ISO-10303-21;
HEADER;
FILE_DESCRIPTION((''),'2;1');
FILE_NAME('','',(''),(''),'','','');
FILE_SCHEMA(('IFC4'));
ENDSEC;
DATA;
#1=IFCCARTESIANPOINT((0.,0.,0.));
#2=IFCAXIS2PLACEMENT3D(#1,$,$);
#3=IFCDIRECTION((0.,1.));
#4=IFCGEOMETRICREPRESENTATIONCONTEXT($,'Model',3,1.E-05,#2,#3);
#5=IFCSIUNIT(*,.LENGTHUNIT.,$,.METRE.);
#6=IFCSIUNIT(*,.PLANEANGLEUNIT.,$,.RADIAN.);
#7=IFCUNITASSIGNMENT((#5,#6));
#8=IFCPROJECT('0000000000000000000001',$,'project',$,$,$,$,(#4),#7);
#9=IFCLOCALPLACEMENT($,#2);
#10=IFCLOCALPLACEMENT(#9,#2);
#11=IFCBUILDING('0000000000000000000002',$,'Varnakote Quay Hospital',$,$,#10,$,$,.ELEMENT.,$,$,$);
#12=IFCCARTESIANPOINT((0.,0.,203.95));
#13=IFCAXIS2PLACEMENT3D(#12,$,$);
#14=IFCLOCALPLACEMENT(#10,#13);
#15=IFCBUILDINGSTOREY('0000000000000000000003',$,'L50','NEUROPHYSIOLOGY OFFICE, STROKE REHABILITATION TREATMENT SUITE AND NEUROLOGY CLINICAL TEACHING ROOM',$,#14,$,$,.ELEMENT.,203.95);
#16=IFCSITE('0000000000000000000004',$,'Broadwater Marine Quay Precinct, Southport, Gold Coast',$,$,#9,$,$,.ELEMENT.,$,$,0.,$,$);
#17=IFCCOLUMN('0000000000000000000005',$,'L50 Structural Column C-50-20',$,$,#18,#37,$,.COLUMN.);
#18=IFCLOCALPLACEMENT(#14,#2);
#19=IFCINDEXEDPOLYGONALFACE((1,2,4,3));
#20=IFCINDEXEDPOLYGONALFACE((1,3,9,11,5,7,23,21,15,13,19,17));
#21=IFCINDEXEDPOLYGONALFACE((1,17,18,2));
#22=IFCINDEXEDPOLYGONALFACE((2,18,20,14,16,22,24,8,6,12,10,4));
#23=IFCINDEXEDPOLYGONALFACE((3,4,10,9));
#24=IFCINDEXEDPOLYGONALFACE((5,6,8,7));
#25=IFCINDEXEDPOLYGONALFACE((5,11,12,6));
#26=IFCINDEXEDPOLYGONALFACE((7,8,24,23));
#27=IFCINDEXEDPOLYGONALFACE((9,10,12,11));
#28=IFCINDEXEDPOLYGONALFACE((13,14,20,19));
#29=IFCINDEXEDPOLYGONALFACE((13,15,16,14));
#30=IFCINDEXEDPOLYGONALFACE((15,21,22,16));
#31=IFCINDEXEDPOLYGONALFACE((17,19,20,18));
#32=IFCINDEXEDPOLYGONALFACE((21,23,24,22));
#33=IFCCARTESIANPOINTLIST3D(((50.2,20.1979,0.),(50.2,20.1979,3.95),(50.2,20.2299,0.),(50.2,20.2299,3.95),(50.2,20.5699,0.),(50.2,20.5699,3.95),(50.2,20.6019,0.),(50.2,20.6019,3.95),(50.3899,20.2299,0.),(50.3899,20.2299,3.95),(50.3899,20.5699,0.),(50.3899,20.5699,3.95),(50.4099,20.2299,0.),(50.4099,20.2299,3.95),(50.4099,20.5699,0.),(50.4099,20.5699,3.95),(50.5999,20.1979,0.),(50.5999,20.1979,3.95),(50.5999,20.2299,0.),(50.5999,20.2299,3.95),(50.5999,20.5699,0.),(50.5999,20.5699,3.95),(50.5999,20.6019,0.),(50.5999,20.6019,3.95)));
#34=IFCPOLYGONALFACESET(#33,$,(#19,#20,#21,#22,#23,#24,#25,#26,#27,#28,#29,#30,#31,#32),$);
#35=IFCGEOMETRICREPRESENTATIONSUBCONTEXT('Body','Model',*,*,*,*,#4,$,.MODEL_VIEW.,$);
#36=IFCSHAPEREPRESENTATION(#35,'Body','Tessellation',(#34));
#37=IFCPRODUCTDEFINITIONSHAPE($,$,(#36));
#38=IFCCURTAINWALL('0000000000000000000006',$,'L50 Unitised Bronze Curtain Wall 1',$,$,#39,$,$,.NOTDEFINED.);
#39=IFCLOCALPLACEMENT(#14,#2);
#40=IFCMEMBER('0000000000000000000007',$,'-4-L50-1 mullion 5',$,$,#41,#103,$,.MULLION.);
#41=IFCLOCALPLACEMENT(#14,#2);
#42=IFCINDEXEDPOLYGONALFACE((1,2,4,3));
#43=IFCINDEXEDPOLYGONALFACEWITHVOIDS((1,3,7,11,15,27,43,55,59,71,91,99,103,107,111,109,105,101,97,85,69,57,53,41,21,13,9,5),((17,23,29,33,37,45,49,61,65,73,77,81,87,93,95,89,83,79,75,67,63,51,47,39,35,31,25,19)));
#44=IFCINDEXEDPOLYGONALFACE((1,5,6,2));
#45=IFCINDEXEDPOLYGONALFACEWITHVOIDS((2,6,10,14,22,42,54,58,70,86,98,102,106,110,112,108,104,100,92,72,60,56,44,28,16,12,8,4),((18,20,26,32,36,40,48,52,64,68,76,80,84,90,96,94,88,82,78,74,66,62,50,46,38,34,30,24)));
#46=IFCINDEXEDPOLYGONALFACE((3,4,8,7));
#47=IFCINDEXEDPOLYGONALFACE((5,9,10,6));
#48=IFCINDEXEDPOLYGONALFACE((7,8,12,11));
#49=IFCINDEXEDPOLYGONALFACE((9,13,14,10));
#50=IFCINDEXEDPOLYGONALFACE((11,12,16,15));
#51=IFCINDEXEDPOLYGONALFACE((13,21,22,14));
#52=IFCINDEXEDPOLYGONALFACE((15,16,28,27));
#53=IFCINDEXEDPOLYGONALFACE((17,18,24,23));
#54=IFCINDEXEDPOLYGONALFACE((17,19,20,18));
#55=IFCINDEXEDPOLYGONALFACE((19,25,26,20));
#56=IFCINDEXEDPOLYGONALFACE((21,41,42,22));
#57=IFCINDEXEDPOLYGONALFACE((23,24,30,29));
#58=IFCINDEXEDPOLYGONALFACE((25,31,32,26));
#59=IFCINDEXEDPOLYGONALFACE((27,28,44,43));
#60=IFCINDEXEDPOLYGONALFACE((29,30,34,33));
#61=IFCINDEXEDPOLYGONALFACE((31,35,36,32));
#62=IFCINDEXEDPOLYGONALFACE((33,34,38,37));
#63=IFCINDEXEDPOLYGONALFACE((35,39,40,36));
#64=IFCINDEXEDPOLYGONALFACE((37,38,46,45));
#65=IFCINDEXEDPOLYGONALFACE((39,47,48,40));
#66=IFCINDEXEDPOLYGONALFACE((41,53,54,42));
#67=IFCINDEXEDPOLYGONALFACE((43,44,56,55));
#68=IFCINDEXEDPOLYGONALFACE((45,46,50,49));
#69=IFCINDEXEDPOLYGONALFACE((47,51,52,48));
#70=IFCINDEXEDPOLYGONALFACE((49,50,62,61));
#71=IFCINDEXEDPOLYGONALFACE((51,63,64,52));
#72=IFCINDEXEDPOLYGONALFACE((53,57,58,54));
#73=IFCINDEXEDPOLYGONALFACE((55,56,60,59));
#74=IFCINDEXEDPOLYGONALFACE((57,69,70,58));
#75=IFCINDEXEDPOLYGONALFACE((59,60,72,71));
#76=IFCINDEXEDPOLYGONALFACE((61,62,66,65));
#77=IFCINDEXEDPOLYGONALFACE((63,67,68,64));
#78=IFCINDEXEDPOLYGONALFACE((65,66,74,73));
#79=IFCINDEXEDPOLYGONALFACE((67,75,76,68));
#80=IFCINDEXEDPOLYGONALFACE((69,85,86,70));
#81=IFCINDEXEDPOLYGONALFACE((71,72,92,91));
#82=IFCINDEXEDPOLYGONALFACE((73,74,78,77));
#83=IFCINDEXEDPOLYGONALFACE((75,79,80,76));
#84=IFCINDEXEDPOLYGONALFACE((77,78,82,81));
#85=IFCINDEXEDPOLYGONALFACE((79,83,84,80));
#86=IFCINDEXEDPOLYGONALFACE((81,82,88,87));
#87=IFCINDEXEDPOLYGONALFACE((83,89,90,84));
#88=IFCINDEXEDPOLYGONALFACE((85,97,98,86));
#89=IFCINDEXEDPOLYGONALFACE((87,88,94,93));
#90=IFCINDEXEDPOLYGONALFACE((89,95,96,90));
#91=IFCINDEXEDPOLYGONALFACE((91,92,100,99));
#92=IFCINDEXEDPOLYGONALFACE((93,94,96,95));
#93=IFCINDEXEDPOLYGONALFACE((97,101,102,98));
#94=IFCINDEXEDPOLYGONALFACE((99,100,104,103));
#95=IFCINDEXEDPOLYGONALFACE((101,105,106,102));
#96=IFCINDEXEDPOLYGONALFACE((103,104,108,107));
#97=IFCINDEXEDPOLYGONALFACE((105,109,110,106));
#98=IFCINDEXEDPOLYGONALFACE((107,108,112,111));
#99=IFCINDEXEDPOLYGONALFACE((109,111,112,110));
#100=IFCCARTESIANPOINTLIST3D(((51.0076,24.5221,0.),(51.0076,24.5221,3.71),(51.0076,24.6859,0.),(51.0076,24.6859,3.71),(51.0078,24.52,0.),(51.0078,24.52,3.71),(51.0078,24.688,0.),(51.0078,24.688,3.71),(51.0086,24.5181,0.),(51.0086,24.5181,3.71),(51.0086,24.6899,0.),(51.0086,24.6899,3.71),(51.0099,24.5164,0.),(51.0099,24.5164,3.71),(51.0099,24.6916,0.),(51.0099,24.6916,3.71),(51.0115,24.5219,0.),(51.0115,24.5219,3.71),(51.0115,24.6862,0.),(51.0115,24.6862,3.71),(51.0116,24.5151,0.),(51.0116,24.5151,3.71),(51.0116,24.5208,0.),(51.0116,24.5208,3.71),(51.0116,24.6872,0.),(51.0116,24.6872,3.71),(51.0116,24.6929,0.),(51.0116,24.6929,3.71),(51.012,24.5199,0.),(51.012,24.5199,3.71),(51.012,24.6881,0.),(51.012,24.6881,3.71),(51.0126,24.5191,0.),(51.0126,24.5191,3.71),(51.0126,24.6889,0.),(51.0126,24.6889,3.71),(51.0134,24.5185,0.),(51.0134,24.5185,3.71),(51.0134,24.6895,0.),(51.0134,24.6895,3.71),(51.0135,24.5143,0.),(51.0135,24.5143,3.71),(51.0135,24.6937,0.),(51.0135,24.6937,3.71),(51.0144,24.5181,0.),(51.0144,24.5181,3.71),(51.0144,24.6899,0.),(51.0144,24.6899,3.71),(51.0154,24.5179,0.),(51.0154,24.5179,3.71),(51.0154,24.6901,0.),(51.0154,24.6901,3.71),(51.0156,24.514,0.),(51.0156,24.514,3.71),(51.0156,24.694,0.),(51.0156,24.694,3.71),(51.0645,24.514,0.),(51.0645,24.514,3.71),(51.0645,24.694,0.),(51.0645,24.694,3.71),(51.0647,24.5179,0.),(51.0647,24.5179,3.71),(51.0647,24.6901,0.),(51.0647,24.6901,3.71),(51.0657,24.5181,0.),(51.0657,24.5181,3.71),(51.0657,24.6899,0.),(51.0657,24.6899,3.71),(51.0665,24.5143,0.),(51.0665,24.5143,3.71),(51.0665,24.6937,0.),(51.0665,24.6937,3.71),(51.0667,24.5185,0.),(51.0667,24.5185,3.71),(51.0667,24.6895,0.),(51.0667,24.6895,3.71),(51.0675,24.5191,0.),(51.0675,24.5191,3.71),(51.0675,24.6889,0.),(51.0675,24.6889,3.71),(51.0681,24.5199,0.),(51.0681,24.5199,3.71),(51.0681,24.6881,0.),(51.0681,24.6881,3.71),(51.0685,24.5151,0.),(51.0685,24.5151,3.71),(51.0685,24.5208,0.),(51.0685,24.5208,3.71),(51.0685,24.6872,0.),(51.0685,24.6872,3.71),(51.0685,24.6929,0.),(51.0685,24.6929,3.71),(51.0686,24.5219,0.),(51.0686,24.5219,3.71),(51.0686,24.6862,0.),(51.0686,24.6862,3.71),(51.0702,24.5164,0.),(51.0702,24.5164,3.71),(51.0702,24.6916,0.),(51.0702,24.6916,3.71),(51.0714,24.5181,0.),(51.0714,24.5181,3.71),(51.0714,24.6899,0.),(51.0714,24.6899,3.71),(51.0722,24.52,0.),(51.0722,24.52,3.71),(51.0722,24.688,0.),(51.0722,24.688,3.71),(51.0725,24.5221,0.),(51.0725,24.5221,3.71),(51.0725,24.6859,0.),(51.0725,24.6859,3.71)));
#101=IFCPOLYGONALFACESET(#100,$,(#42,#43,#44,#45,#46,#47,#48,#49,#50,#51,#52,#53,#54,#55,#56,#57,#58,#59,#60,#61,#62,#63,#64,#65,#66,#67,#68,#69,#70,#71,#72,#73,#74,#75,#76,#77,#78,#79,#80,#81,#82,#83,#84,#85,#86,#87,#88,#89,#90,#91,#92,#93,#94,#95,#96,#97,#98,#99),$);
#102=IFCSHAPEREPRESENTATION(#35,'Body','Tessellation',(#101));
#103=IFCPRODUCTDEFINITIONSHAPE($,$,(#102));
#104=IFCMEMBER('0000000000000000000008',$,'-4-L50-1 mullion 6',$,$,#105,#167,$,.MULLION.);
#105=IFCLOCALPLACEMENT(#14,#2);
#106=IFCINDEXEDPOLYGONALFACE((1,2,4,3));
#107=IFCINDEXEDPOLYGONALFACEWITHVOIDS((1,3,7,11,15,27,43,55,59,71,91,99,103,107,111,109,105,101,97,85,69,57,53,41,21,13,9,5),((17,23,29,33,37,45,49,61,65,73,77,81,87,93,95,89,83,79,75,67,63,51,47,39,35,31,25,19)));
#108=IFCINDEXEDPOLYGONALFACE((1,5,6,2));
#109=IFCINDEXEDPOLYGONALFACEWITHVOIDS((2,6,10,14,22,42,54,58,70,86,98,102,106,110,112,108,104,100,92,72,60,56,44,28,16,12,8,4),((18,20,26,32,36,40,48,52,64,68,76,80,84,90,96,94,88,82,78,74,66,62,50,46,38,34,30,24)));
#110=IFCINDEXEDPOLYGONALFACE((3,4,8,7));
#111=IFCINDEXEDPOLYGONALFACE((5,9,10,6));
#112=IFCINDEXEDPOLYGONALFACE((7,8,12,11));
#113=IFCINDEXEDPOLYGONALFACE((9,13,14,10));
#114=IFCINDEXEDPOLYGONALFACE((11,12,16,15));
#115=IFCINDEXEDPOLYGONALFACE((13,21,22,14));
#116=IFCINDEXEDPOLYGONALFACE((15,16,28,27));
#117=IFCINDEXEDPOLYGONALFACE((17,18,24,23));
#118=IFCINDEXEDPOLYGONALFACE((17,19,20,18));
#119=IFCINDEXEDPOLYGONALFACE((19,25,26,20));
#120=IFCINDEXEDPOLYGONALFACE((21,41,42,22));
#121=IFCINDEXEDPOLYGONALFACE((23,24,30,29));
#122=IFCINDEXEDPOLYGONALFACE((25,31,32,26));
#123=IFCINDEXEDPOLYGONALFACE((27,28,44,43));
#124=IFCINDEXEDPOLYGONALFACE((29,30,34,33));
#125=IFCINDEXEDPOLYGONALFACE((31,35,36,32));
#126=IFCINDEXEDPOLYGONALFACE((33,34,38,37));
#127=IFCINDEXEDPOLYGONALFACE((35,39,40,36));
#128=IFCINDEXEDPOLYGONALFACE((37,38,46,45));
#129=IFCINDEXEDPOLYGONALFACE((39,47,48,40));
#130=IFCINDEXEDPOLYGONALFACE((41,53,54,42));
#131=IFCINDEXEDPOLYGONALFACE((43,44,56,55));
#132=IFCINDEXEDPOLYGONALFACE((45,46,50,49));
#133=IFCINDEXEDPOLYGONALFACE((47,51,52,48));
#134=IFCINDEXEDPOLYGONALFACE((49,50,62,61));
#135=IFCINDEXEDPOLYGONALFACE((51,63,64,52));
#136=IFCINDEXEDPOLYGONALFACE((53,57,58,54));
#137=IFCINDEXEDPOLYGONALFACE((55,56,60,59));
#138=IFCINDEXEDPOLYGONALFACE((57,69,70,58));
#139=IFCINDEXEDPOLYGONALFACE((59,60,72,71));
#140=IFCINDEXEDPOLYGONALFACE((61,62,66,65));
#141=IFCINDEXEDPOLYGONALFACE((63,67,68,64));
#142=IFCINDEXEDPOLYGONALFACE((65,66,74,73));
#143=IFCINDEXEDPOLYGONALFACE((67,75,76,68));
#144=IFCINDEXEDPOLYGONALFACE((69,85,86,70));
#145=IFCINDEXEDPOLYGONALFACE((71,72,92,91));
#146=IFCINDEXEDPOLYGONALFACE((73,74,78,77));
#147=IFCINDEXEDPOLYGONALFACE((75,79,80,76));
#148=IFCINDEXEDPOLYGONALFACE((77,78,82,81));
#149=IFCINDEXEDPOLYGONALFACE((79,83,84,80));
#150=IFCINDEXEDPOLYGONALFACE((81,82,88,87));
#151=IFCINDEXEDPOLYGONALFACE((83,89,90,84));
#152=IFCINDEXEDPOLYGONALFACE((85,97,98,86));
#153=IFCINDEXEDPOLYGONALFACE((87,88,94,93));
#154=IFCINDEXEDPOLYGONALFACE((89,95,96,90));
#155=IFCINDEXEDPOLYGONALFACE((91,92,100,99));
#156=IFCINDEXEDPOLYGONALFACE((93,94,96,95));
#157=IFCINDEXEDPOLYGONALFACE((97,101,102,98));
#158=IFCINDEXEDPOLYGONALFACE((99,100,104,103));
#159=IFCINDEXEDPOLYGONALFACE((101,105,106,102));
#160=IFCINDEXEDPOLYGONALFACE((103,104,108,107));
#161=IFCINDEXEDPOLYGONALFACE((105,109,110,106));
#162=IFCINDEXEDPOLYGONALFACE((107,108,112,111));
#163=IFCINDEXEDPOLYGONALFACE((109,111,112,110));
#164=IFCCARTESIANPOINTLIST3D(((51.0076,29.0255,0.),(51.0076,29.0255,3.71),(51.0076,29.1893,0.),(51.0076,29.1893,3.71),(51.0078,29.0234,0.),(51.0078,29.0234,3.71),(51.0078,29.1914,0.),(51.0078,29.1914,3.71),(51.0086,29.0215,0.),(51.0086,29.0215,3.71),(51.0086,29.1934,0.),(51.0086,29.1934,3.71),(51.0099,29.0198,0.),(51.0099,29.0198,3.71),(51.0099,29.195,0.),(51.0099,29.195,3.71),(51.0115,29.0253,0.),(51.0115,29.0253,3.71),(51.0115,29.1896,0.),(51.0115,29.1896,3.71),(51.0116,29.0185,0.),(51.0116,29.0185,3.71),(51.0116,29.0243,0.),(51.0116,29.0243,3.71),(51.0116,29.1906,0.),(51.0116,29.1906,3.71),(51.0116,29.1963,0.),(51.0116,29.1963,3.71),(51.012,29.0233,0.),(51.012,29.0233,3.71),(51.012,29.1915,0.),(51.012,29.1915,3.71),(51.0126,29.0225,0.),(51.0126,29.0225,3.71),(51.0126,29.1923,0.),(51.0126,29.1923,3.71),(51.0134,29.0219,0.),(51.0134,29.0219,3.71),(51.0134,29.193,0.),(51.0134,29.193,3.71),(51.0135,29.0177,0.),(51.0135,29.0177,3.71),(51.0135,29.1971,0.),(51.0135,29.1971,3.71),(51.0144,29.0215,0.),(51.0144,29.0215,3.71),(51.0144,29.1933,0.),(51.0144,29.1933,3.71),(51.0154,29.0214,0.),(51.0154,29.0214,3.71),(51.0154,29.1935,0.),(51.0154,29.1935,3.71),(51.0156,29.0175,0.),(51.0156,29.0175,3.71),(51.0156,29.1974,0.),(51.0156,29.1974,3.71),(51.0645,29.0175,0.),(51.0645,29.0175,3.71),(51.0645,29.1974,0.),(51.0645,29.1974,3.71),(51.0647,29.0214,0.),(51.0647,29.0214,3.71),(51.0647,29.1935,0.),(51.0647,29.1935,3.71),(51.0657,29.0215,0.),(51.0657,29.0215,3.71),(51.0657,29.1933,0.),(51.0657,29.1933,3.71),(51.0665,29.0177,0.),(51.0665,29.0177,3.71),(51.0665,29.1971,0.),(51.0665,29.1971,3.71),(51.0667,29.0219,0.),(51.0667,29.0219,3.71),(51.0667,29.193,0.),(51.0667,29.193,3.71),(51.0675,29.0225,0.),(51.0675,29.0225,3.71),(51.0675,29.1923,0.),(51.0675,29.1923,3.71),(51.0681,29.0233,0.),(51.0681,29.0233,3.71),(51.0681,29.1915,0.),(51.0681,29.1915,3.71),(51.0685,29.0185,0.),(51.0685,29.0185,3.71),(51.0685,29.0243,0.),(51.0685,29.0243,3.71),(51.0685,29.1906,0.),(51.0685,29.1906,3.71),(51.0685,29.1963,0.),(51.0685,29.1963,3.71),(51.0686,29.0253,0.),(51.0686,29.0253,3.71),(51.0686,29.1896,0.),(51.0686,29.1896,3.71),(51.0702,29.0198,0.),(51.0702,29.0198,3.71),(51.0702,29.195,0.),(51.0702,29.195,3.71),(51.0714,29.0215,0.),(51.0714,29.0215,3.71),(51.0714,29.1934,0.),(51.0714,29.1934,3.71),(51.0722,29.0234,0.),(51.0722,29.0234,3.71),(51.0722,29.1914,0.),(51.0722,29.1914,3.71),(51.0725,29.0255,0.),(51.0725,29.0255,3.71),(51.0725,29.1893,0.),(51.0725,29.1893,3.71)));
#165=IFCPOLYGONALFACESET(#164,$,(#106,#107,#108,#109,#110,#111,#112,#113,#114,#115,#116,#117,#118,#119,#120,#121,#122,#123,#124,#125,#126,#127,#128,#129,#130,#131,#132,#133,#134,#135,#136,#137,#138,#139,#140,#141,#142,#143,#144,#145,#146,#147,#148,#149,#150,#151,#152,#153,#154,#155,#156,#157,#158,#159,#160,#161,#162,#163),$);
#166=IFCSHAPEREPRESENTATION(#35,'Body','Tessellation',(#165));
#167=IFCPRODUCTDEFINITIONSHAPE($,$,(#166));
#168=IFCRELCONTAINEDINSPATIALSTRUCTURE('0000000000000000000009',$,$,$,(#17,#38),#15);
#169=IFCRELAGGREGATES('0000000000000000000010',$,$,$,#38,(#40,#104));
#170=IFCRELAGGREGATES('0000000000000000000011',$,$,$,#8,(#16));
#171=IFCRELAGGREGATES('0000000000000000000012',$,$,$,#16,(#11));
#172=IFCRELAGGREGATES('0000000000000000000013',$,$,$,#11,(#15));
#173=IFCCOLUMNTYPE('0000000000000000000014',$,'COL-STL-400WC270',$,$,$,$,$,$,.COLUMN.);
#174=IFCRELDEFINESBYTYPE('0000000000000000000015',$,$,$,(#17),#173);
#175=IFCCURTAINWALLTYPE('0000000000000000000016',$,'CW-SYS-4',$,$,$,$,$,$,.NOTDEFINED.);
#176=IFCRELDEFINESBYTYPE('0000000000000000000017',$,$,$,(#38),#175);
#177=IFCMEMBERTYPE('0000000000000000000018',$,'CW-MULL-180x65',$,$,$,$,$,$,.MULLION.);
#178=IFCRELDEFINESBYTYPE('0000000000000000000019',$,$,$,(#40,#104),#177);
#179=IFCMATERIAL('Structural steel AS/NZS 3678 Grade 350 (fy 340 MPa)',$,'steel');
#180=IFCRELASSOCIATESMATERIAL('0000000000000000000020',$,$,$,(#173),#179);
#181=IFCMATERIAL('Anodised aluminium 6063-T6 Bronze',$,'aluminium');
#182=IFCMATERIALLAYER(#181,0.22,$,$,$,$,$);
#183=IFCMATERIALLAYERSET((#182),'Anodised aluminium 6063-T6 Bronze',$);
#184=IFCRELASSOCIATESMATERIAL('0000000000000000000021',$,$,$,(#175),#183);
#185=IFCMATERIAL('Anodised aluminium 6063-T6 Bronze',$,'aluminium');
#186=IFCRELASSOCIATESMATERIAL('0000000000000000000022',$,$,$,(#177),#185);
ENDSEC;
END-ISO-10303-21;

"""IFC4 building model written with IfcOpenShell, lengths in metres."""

from ifc_helpers import new_model, si_unit, direction, frame, origin, origin_2d, place, context, subcontext, project, spatial, hollow_rectangle, i_section, extrude, material, layer, layer_set, material_profile, profile_set, type_object, element, aggregate, save


model = new_model("IFC4")

# Units and contexts
model_context = context("Model", 3, precision=1e-05, world=origin(), true_north=direction((0.0, 1.0)))
body_context = subcontext(model_context, "Body", "Model", "MODEL_VIEW")
ifc_project = project(units=[si_unit("LENGTHUNIT", "METRE"), si_unit("PLANEANGLEUNIT", "RADIAN")], contexts=[model_context])

# Site, building, storey
site_placement = place(None, origin())
site = spatial("IfcSite", under=ifc_project, at=site_placement, Name="Broadwater Marine Quay Precinct, Southport, Gold Coast", CompositionType="ELEMENT", RefElevation=0.0)
building_placement = place(site_placement, origin())
building = spatial("IfcBuilding", under=site, at=building_placement, Name="Varnakote Quay Hospital", CompositionType="ELEMENT")
storey_placement = place(building_placement, frame((0.0, 0.0, 203.95)))
storey = spatial("IfcBuildingStorey", under=building, at=storey_placement, Name="L50", Description="NEUROPHYSIOLOGY OFFICE, STROKE REHABILITATION TREATMENT SUITE AND NEUROLOGY CLINICAL TEACHING ROOM", CompositionType="ELEMENT", Elevation=203.95)

# Column
ifc_material_1 = material(Name="Structural steel AS/NZS 3678 Grade 350 (fy 340 MPa)", Category="steel")
ifc_material_profile_1 = material_profile(ifc_material_1, i_section(OverallWidth=0.3999, OverallDepth=0.4041, WebThickness=0.02, FlangeThickness=0.032, at=origin_2d()), Name="400WC270")
ifc_profile_set_1 = profile_set([ifc_material_profile_1], Name="Structural steel AS/NZS 3678 Grade 350 (fy 340 MPa)")
column_type = type_object("IfcColumnType", Name="COL-STL-400WC270", PredefinedType="COLUMN", material=ifc_profile_set_1)
column_placement = place(storey_placement, frame((50.3999, 20.3999, 0.0), z_axis=(0.0, 0.0, 1.0), x_axis=(1.0, 0.0, 0.0)))
element("IfcColumn", 1, at=column_placement, inside=storey, type_object=column_type, Name="L50 Structural Column C-50-20", PredefinedType="COLUMN", context=body_context, shape_type="SweptSolid", body=[
    extrude(i_section(OverallWidth=0.3999, OverallDepth=0.4041, WebThickness=0.02, FlangeThickness=0.032, at=origin_2d()), origin(), (0.0, 0.0, 1.0), 3.95),
])

# Curtain wall, members
ifc_material_2 = material(Name="Anodised aluminium 6063-T6 Bronze", Category="aluminium")
ifc_layer_1 = layer(ifc_material_2, 0.22)
ifc_layer_set_1 = layer_set([ifc_layer_1], Name="Anodised aluminium 6063-T6 Bronze")
curtain_wall_type = type_object("IfcCurtainWallType", Name="CW-SYS-4", PredefinedType="NOTDEFINED", material=ifc_layer_set_1)
curtain_wall_1_placement = place(storey_placement, origin())
curtain_wall_1 = element("IfcCurtainWall", 2, at=curtain_wall_1_placement, inside=storey, type_object=curtain_wall_type, Name="L50 Unitised Bronze Curtain Wall 1", PredefinedType="NOTDEFINED")
ifc_material_3 = material(Name="Anodised aluminium 6063-T6 Bronze", Category="aluminium")
ifc_material_profile_2 = material_profile(ifc_material_3, hollow_rectangle(XDim=0.0649, YDim=0.1799, WallThickness=0.0039, InnerFilletRadius=0.0039, OuterFilletRadius=0.0081, at=origin_2d()), Name="CW-MULL-180x65")
ifc_profile_set_2 = profile_set([ifc_material_profile_2], Name="Anodised aluminium 6063-T6 Bronze")
member_type_1 = type_object("IfcMemberType", Name="CW-MULL-180x65", PredefinedType="MULLION", material=ifc_profile_set_2)
member_1_placement = place(storey_placement, frame((51.04, 24.604, 0.0), z_axis=(0.0, 0.0, 1.0), x_axis=(-1.0, 0.0, 0.0)))
member_1 = element("IfcMember", 3, at=member_1_placement, type_object=member_type_1, Name="-4-L50-1 mullion 5", PredefinedType="MULLION", context=body_context, shape_type="SweptSolid", body=[
    extrude(hollow_rectangle(XDim=0.0649, YDim=0.1799, WallThickness=0.0039, InnerFilletRadius=0.0039, OuterFilletRadius=0.0081, at=origin_2d()), origin(), (0.0, 0.0, 1.0), 3.71),
])
member_2_placement = place(storey_placement, frame((51.04, 29.1074, 0.0), z_axis=(0.0, 0.0, 1.0), x_axis=(-1.0, 0.0, 0.0)))
member_2 = element("IfcMember", 4, at=member_2_placement, type_object=member_type_1, Name="-4-L50-1 mullion 6", PredefinedType="MULLION", context=body_context, shape_type="SweptSolid", body=[
    extrude(hollow_rectangle(XDim=0.0649, YDim=0.1799, WallThickness=0.0039, InnerFilletRadius=0.0039, OuterFilletRadius=0.0081, at=origin_2d()), origin(), (0.0, 0.0, 1.0), 3.71),
])

aggregate(curtain_wall_1, [member_1, member_2])

save(model, "model.ifc")
